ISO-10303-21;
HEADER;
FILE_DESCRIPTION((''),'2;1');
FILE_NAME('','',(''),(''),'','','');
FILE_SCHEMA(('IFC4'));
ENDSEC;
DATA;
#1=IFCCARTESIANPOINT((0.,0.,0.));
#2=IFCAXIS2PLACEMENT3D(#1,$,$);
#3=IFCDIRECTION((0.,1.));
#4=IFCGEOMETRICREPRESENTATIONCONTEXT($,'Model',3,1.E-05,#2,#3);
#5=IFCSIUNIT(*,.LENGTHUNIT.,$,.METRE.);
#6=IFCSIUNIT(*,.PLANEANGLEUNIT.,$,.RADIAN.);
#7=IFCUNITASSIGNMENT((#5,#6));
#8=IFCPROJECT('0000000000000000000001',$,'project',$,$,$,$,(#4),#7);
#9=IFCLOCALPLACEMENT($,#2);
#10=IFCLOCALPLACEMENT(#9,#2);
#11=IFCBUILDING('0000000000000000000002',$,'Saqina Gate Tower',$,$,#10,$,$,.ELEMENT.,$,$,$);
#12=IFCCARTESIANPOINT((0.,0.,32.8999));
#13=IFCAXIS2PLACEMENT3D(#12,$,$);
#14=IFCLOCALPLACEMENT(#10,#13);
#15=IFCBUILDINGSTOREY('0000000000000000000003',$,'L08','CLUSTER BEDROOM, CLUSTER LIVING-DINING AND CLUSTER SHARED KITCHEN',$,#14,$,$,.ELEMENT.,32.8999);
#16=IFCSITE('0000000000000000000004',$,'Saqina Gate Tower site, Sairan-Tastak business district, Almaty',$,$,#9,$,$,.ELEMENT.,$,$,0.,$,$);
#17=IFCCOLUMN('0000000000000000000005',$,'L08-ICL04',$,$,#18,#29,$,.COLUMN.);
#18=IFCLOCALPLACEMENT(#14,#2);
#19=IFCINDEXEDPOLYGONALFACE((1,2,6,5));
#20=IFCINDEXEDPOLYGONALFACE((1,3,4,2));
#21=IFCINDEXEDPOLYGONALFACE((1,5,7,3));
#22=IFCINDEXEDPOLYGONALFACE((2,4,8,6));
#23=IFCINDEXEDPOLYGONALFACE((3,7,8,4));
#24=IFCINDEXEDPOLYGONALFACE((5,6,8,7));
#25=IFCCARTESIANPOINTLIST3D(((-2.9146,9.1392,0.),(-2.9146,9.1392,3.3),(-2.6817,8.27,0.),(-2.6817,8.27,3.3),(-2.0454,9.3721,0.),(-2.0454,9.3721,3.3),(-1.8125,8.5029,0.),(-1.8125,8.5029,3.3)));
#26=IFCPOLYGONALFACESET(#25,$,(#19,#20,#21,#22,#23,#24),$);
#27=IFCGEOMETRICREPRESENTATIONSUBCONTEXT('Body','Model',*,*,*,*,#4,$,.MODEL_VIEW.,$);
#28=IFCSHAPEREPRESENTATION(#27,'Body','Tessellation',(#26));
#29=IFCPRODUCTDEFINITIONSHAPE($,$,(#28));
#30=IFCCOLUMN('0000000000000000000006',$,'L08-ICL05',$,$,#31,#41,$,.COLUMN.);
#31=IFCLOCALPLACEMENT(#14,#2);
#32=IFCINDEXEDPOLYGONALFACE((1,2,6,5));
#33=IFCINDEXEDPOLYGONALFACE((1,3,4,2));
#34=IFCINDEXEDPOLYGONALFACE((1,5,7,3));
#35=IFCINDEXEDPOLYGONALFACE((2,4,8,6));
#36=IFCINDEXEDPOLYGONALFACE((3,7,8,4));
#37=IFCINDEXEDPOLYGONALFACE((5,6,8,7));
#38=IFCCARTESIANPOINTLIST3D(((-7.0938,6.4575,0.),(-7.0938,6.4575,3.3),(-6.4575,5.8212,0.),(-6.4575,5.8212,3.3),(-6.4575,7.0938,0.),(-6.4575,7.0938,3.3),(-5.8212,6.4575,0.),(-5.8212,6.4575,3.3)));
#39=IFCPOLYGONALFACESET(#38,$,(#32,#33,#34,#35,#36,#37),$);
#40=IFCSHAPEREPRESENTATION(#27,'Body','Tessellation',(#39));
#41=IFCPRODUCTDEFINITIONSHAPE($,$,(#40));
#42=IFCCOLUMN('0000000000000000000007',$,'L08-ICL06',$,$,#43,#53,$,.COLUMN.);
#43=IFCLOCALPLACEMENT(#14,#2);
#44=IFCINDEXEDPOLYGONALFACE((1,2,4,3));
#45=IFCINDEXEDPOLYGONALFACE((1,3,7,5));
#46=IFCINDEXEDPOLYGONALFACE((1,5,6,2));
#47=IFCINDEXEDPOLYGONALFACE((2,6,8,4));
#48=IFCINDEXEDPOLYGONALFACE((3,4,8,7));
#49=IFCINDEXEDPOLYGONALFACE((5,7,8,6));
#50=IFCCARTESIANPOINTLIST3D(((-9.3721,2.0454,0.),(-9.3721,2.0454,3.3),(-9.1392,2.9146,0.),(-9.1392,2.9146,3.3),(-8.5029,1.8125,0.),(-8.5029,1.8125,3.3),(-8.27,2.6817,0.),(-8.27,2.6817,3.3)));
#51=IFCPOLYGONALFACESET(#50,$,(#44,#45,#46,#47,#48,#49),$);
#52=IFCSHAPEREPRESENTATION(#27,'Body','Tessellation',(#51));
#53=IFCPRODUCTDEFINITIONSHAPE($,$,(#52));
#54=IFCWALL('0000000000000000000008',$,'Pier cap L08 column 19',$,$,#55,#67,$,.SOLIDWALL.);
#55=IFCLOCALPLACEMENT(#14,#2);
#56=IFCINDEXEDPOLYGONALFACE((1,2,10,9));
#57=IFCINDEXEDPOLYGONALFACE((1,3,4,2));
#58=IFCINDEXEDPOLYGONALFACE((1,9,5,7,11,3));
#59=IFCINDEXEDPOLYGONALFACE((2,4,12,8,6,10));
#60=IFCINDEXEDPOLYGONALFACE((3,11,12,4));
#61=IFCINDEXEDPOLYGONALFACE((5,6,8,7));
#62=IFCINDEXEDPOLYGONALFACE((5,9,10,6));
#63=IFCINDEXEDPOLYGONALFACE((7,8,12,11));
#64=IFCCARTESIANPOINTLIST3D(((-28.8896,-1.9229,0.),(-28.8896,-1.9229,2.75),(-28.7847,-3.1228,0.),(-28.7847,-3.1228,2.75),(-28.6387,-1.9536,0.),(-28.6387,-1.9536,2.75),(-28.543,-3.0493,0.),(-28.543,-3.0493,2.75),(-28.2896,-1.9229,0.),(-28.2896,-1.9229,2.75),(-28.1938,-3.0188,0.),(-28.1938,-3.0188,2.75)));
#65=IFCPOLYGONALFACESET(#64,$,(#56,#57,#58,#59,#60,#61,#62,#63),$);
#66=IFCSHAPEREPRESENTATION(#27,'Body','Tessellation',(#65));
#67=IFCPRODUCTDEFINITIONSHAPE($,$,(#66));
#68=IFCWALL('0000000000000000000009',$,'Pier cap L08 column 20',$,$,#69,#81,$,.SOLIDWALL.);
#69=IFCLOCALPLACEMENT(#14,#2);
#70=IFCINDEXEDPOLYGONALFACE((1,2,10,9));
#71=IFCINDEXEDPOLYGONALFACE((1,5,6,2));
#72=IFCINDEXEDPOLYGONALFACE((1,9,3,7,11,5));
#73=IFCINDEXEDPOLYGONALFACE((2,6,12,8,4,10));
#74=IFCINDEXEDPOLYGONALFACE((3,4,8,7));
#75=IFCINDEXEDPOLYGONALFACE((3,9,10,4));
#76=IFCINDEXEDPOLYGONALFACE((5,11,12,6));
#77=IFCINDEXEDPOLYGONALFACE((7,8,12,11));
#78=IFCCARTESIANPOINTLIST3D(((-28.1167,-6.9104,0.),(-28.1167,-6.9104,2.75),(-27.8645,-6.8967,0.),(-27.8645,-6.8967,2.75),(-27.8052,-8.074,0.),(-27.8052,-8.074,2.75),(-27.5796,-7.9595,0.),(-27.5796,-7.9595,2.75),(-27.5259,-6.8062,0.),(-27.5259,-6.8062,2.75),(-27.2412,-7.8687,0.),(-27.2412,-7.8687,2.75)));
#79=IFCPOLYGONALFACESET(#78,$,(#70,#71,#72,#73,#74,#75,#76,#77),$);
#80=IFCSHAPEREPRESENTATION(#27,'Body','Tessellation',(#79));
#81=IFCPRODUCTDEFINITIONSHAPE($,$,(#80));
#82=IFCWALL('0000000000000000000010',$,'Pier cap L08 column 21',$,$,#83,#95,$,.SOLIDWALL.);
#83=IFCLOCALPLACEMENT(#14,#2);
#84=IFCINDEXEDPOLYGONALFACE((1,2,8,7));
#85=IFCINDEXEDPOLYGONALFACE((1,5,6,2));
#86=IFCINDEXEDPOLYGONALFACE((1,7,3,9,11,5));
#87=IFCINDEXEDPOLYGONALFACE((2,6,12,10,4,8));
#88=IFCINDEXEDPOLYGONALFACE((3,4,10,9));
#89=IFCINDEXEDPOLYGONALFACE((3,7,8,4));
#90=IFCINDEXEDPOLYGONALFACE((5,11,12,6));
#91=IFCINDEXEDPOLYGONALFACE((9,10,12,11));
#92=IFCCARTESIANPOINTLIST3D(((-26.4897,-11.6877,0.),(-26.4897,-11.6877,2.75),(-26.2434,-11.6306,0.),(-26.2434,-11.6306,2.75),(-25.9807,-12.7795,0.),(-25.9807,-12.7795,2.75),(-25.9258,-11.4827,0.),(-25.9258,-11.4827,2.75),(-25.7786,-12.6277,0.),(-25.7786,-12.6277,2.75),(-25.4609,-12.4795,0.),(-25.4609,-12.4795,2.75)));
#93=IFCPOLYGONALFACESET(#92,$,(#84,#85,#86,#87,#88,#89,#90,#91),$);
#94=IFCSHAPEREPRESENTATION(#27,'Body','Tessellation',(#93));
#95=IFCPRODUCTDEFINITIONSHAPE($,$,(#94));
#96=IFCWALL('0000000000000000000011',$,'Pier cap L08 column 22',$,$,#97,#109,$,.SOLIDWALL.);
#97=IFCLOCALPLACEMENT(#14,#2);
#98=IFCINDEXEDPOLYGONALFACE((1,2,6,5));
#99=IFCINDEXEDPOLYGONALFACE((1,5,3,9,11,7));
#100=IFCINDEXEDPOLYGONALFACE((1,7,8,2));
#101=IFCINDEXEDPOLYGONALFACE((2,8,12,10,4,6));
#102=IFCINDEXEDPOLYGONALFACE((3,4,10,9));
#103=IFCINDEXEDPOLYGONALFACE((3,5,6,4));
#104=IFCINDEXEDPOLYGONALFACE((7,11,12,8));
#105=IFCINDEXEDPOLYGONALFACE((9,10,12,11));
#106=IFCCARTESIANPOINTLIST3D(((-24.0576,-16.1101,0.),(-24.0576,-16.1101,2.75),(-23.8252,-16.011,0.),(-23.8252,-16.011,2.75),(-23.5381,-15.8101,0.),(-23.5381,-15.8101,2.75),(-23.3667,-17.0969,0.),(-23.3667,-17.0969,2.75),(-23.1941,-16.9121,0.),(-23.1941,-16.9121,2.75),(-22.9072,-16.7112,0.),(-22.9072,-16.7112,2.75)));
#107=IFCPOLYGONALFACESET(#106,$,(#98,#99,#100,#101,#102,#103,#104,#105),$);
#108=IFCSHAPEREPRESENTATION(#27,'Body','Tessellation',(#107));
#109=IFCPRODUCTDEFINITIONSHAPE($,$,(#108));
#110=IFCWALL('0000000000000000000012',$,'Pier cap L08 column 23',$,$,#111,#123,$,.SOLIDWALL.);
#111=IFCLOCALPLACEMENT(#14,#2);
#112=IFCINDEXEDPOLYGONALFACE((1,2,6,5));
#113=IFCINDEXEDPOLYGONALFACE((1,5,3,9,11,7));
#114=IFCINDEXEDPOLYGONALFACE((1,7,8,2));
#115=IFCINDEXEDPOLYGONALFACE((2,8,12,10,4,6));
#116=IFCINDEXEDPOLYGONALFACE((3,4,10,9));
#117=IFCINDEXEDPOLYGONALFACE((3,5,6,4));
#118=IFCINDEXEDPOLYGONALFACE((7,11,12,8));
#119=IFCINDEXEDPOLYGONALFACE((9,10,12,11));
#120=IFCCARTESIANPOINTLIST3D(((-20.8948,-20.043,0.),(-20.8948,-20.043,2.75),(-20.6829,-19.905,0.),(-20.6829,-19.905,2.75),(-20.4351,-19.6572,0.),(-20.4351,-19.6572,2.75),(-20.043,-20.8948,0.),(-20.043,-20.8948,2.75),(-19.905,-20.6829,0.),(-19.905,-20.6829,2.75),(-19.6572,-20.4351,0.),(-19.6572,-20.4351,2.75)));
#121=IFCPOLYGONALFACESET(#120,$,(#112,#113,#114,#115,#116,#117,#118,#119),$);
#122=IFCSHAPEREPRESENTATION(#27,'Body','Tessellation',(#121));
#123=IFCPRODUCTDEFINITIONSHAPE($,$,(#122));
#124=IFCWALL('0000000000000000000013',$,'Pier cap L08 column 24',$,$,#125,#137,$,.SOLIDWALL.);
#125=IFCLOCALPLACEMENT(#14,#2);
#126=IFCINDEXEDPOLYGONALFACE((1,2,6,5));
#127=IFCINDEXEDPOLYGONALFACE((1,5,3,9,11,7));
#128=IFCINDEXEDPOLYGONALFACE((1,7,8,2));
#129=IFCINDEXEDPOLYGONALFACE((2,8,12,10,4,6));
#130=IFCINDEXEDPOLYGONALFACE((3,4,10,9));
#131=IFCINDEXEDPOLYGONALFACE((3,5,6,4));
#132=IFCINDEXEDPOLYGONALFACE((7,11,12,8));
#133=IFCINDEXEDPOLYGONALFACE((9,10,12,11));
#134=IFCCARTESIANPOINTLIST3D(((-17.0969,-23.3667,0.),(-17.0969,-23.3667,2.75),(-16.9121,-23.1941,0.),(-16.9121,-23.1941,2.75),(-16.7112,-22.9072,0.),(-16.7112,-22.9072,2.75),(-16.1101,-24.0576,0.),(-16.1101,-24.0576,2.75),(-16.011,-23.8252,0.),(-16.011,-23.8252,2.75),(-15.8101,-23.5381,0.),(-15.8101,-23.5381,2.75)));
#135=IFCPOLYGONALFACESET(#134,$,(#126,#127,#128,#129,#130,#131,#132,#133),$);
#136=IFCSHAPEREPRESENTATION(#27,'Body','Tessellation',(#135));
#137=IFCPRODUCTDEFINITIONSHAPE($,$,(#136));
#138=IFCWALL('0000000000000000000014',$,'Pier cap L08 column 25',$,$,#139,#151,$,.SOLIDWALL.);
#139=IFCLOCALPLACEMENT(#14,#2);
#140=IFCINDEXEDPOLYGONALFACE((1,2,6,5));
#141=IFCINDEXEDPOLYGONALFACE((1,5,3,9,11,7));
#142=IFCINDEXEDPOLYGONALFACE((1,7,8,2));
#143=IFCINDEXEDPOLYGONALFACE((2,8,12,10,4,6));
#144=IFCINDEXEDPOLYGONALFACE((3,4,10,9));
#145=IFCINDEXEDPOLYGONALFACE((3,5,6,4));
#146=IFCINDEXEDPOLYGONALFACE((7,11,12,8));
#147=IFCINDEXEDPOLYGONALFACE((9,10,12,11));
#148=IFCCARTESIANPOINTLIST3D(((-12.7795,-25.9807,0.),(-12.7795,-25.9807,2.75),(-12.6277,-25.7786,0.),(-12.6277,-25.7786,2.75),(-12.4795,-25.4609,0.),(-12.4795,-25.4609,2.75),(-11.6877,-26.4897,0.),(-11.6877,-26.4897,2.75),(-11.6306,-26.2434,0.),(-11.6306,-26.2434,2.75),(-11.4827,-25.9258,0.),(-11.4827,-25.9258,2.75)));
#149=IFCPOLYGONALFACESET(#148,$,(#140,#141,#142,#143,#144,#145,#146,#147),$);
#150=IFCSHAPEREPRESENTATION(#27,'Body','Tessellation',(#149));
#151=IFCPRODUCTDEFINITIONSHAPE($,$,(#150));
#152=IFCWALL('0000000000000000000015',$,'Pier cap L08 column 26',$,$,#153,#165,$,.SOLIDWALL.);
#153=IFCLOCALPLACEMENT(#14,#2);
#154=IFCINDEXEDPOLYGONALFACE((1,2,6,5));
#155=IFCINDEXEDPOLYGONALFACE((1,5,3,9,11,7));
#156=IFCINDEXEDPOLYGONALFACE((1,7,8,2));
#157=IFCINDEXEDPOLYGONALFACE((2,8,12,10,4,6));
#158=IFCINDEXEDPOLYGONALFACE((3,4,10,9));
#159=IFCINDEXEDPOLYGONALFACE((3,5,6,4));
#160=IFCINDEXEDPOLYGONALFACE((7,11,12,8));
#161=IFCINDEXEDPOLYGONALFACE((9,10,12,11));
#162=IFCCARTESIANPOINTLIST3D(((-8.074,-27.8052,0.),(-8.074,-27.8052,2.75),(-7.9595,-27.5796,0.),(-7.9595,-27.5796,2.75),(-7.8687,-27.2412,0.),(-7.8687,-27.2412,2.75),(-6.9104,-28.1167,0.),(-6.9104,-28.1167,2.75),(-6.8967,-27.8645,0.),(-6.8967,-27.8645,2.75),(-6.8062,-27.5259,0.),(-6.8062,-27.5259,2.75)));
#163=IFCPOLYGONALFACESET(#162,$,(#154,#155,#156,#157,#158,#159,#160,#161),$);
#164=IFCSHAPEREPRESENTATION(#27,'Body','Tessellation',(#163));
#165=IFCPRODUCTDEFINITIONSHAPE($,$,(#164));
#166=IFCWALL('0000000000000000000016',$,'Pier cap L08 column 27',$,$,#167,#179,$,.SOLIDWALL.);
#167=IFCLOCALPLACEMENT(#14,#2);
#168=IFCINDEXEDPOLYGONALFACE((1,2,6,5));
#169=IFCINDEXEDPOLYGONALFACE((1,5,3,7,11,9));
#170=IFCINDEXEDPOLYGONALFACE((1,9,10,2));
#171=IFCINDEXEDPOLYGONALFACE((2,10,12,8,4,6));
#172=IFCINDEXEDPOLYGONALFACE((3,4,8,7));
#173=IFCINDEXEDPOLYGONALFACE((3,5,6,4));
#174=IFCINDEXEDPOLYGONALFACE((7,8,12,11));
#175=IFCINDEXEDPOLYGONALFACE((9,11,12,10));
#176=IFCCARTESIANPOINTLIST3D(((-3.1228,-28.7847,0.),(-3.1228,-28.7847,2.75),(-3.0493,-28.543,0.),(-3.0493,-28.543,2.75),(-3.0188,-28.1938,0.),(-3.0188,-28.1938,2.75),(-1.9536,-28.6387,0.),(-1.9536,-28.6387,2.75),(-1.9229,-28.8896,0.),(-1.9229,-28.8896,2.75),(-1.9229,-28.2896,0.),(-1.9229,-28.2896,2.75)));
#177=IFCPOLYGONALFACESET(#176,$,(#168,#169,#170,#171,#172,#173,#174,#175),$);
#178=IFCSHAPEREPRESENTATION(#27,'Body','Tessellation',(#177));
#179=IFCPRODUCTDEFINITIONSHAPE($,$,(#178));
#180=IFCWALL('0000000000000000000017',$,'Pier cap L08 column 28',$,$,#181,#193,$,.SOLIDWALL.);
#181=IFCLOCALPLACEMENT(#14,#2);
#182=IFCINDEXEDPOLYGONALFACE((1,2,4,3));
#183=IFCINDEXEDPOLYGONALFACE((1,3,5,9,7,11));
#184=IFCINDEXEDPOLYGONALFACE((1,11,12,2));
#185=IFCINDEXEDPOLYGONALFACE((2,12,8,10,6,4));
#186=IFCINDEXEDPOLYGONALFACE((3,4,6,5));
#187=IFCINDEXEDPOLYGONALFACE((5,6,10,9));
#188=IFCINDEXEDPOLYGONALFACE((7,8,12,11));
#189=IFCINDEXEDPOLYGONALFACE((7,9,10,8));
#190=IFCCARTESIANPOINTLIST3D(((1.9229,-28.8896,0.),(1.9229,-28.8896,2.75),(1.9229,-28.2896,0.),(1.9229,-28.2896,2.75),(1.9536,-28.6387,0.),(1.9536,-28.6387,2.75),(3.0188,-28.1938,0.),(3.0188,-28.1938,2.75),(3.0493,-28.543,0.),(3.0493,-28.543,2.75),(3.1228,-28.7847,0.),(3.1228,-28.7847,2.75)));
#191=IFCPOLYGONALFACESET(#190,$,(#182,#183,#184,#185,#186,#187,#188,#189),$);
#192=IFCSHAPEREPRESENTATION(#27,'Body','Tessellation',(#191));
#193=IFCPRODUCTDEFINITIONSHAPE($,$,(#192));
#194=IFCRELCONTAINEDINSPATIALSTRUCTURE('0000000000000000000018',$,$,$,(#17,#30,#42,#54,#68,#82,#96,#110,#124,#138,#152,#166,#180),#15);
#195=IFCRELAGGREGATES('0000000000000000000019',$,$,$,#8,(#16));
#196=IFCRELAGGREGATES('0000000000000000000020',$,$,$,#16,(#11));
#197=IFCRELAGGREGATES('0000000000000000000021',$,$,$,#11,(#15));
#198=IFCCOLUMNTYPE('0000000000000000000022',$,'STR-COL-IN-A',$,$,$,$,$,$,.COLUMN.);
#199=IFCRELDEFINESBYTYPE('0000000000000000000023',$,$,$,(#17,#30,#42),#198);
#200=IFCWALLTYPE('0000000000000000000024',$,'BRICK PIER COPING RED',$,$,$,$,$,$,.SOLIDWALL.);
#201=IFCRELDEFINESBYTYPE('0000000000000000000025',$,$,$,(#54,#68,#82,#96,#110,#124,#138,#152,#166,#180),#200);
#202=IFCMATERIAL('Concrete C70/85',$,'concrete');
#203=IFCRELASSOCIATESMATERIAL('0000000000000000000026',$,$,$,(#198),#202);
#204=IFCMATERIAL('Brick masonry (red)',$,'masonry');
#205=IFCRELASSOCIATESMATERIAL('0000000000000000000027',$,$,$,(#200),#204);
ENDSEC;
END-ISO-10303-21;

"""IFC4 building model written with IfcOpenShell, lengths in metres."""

from ifc_helpers import new_model, si_unit, direction, frame, origin, origin_2d, place, context, subcontext, project, spatial, polyline, rectangle, outline, extrude, material, material_profile, profile_set, type_object, element, save


model = new_model("IFC4")

# Units and contexts
model_context = context("Model", 3, precision=1e-05, world=origin(), true_north=direction((0.0, 1.0)))
body_context = subcontext(model_context, "Body", "Model", "MODEL_VIEW")
ifc_project = project(units=[si_unit("LENGTHUNIT", "METRE"), si_unit("PLANEANGLEUNIT", "RADIAN")], contexts=[model_context])

# Site, building, storey
site_placement = place(None, origin())
site = spatial("IfcSite", under=ifc_project, at=site_placement, Name="Saqina Gate Tower site, Sairan-Tastak business district, Almaty", CompositionType="ELEMENT", RefElevation=0.0)
building_placement = place(site_placement, origin())
building = spatial("IfcBuilding", under=site, at=building_placement, Name="Saqina Gate Tower", CompositionType="ELEMENT")
storey_placement = place(building_placement, frame((0.0, 0.0, 32.8999)))
storey = spatial("IfcBuildingStorey", under=building, at=storey_placement, Name="L08", Description="CLUSTER BEDROOM, CLUSTER LIVING-DINING AND CLUSTER SHARED KITCHEN", CompositionType="ELEMENT", Elevation=32.8999)

# Columns
ifc_material_1 = material(Name="Concrete C70/85", Category="concrete")
ifc_material_profile = material_profile(ifc_material_1, rectangle(XDim=0.8999, YDim=0.8999, at=origin_2d()), Name="RC 900x900")
ifc_profile_set = profile_set([ifc_material_profile], Name="Concrete C70/85")
column_type = type_object("IfcColumnType", Name="STR-COL-IN-A", PredefinedType="COLUMN", material=ifc_profile_set)
for number, where, z_axis, x_axis, name in (
    (1, (-2.3635, 8.821, 0.0), (0.0, 0.0, 1.0), (-0.258819, 0.965926, 0.0), "L08-ICL04"),
    (2, (-6.4575, 6.4575, 0.0), (0.0, 0.0, 1.0), (-0.707107, 0.707107, 0.0), "L08-ICL05"),
    (3, (-8.821, 2.3635, 0.0), (0.0, 0.0, 1.0), (-0.965926, 0.258819, 0.0), "L08-ICL06"),
):
    element("IfcColumn", number, at=place(storey_placement, frame(where, z_axis=z_axis, x_axis=x_axis)), inside=storey, type_object=column_type, Name=name, PredefinedType="COLUMN", context=body_context, shape_type="SweptSolid", body=[
        extrude(rectangle(XDim=0.8999, YDim=0.8999, at=origin_2d()), origin(), (0.0, 0.0, 1.0), 3.3),
    ])

# Walls
ifc_material_2 = material(Name="Brick masonry (red)", Category="masonry")
wall_type_1 = type_object("IfcWallType", Name="BRICK PIER COPING RED", PredefinedType="SOLIDWALL", material=ifc_material_2)
wall_1_placement = place(storey_placement, origin())
element("IfcWall", 4, at=wall_1_placement, inside=storey, type_object=wall_type_1, Name="Pier cap L08 column 19", PredefinedType="SOLIDWALL", context=body_context, shape_type="SweptSolid", body=[
    extrude(outline(polyline([(-28.8896, -1.9229), (-28.7847, -3.1228), (-28.1938, -3.0188), (-28.543, -3.0493), (-28.6387, -1.9536), (-28.2896, -1.9229), (-28.8896, -1.9229)])), origin(), (0.0, 0.0, 1.0), 2.75),
])
wall_2_placement = place(storey_placement, origin())
element("IfcWall", 5, at=wall_2_placement, inside=storey, type_object=wall_type_1, Name="Pier cap L08 column 20", PredefinedType="SOLIDWALL", context=body_context, shape_type="SweptSolid", body=[
    extrude(outline(polyline([(-28.1167, -6.9104), (-27.8052, -8.074), (-27.2412, -7.8687), (-27.5796, -7.9595), (-27.8645, -6.8967), (-27.5259, -6.8062), (-28.1167, -6.9104)])), origin(), (0.0, 0.0, 1.0), 2.75),
])
wall_3_placement = place(storey_placement, origin())
element("IfcWall", 6, at=wall_3_placement, inside=storey, type_object=wall_type_1, Name="Pier cap L08 column 21", PredefinedType="SOLIDWALL", context=body_context, shape_type="SweptSolid", body=[
    extrude(outline(polyline([(-25.9807, -12.7795), (-25.4609, -12.4795), (-25.7786, -12.6277), (-26.2434, -11.6306), (-25.9258, -11.4827), (-26.4897, -11.6877), (-25.9807, -12.7795)])), origin(), (0.0, 0.0, 1.0), 2.75),
])
wall_4_placement = place(storey_placement, origin())
element("IfcWall", 7, at=wall_4_placement, inside=storey, type_object=wall_type_1, Name="Pier cap L08 column 22", PredefinedType="SOLIDWALL", context=body_context, shape_type="SweptSolid", body=[
    extrude(outline(polyline([(-24.0576, -16.1101), (-23.3667, -17.0969), (-22.9072, -16.7112), (-23.1941, -16.9121), (-23.8252, -16.011), (-23.5381, -15.8101), (-24.0576, -16.1101)])), origin(), (0.0, 0.0, 1.0), 2.75),
])
wall_5_placement = place(storey_placement, origin())
element("IfcWall", 8, at=wall_5_placement, inside=storey, type_object=wall_type_1, Name="Pier cap L08 column 23", PredefinedType="SOLIDWALL", context=body_context, shape_type="SweptSolid", body=[
    extrude(outline(polyline([(-20.043, -20.8948), (-19.6572, -20.4351), (-19.905, -20.6829), (-20.6829, -19.905), (-20.4351, -19.6572), (-20.8948, -20.043), (-20.043, -20.8948)])), origin(), (0.0, 0.0, 1.0), 2.75),
])
wall_6_placement = place(storey_placement, origin())
element("IfcWall", 9, at=wall_6_placement, inside=storey, type_object=wall_type_1, Name="Pier cap L08 column 24", PredefinedType="SOLIDWALL", context=body_context, shape_type="SweptSolid", body=[
    extrude(outline(polyline([(-17.0969, -23.3667), (-16.1101, -24.0576), (-15.8101, -23.5381), (-16.011, -23.8252), (-16.9121, -23.1941), (-16.7112, -22.9072), (-17.0969, -23.3667)])), origin(), (0.0, 0.0, 1.0), 2.75),
])
wall_7_placement = place(storey_placement, origin())
element("IfcWall", 10, at=wall_7_placement, inside=storey, type_object=wall_type_1, Name="Pier cap L08 column 25", PredefinedType="SOLIDWALL", context=body_context, shape_type="SweptSolid", body=[
    extrude(outline(polyline([(-11.6877, -26.4897), (-11.4827, -25.9258), (-11.6306, -26.2434), (-12.6277, -25.7786), (-12.4795, -25.4609), (-12.7795, -25.9807), (-11.6877, -26.4897)])), origin(), (0.0, 0.0, 1.0), 2.75),
])
wall_8_placement = place(storey_placement, origin())
element("IfcWall", 11, at=wall_8_placement, inside=storey, type_object=wall_type_1, Name="Pier cap L08 column 26", PredefinedType="SOLIDWALL", context=body_context, shape_type="SweptSolid", body=[
    extrude(outline(polyline([(-6.9104, -28.1167), (-6.8062, -27.5259), (-6.8967, -27.8645), (-7.9595, -27.5796), (-7.8687, -27.2412), (-8.074, -27.8052), (-6.9104, -28.1167)])), origin(), (0.0, 0.0, 1.0), 2.75),
])
wall_9_placement = place(storey_placement, origin())
element("IfcWall", 12, at=wall_9_placement, inside=storey, type_object=wall_type_1, Name="Pier cap L08 column 27", PredefinedType="SOLIDWALL", context=body_context, shape_type="SweptSolid", body=[
    extrude(outline(polyline([(-3.1228, -28.7847), (-1.9229, -28.8896), (-1.9229, -28.2896), (-1.9536, -28.6387), (-3.0493, -28.543), (-3.0188, -28.1938), (-3.1228, -28.7847)])), origin(), (0.0, 0.0, 1.0), 2.75),
])
wall_10_placement = place(storey_placement, origin())
element("IfcWall", 13, at=wall_10_placement, inside=storey, type_object=wall_type_1, Name="Pier cap L08 column 28", PredefinedType="SOLIDWALL", context=body_context, shape_type="SweptSolid", body=[
    extrude(outline(polyline([(1.9229, -28.8896), (3.1228, -28.7847), (3.0188, -28.1938), (3.0493, -28.543), (1.9536, -28.6387), (1.9229, -28.2896), (1.9229, -28.8896)])), origin(), (0.0, 0.0, 1.0), 2.75),
])

save(model, "model.ifc")
